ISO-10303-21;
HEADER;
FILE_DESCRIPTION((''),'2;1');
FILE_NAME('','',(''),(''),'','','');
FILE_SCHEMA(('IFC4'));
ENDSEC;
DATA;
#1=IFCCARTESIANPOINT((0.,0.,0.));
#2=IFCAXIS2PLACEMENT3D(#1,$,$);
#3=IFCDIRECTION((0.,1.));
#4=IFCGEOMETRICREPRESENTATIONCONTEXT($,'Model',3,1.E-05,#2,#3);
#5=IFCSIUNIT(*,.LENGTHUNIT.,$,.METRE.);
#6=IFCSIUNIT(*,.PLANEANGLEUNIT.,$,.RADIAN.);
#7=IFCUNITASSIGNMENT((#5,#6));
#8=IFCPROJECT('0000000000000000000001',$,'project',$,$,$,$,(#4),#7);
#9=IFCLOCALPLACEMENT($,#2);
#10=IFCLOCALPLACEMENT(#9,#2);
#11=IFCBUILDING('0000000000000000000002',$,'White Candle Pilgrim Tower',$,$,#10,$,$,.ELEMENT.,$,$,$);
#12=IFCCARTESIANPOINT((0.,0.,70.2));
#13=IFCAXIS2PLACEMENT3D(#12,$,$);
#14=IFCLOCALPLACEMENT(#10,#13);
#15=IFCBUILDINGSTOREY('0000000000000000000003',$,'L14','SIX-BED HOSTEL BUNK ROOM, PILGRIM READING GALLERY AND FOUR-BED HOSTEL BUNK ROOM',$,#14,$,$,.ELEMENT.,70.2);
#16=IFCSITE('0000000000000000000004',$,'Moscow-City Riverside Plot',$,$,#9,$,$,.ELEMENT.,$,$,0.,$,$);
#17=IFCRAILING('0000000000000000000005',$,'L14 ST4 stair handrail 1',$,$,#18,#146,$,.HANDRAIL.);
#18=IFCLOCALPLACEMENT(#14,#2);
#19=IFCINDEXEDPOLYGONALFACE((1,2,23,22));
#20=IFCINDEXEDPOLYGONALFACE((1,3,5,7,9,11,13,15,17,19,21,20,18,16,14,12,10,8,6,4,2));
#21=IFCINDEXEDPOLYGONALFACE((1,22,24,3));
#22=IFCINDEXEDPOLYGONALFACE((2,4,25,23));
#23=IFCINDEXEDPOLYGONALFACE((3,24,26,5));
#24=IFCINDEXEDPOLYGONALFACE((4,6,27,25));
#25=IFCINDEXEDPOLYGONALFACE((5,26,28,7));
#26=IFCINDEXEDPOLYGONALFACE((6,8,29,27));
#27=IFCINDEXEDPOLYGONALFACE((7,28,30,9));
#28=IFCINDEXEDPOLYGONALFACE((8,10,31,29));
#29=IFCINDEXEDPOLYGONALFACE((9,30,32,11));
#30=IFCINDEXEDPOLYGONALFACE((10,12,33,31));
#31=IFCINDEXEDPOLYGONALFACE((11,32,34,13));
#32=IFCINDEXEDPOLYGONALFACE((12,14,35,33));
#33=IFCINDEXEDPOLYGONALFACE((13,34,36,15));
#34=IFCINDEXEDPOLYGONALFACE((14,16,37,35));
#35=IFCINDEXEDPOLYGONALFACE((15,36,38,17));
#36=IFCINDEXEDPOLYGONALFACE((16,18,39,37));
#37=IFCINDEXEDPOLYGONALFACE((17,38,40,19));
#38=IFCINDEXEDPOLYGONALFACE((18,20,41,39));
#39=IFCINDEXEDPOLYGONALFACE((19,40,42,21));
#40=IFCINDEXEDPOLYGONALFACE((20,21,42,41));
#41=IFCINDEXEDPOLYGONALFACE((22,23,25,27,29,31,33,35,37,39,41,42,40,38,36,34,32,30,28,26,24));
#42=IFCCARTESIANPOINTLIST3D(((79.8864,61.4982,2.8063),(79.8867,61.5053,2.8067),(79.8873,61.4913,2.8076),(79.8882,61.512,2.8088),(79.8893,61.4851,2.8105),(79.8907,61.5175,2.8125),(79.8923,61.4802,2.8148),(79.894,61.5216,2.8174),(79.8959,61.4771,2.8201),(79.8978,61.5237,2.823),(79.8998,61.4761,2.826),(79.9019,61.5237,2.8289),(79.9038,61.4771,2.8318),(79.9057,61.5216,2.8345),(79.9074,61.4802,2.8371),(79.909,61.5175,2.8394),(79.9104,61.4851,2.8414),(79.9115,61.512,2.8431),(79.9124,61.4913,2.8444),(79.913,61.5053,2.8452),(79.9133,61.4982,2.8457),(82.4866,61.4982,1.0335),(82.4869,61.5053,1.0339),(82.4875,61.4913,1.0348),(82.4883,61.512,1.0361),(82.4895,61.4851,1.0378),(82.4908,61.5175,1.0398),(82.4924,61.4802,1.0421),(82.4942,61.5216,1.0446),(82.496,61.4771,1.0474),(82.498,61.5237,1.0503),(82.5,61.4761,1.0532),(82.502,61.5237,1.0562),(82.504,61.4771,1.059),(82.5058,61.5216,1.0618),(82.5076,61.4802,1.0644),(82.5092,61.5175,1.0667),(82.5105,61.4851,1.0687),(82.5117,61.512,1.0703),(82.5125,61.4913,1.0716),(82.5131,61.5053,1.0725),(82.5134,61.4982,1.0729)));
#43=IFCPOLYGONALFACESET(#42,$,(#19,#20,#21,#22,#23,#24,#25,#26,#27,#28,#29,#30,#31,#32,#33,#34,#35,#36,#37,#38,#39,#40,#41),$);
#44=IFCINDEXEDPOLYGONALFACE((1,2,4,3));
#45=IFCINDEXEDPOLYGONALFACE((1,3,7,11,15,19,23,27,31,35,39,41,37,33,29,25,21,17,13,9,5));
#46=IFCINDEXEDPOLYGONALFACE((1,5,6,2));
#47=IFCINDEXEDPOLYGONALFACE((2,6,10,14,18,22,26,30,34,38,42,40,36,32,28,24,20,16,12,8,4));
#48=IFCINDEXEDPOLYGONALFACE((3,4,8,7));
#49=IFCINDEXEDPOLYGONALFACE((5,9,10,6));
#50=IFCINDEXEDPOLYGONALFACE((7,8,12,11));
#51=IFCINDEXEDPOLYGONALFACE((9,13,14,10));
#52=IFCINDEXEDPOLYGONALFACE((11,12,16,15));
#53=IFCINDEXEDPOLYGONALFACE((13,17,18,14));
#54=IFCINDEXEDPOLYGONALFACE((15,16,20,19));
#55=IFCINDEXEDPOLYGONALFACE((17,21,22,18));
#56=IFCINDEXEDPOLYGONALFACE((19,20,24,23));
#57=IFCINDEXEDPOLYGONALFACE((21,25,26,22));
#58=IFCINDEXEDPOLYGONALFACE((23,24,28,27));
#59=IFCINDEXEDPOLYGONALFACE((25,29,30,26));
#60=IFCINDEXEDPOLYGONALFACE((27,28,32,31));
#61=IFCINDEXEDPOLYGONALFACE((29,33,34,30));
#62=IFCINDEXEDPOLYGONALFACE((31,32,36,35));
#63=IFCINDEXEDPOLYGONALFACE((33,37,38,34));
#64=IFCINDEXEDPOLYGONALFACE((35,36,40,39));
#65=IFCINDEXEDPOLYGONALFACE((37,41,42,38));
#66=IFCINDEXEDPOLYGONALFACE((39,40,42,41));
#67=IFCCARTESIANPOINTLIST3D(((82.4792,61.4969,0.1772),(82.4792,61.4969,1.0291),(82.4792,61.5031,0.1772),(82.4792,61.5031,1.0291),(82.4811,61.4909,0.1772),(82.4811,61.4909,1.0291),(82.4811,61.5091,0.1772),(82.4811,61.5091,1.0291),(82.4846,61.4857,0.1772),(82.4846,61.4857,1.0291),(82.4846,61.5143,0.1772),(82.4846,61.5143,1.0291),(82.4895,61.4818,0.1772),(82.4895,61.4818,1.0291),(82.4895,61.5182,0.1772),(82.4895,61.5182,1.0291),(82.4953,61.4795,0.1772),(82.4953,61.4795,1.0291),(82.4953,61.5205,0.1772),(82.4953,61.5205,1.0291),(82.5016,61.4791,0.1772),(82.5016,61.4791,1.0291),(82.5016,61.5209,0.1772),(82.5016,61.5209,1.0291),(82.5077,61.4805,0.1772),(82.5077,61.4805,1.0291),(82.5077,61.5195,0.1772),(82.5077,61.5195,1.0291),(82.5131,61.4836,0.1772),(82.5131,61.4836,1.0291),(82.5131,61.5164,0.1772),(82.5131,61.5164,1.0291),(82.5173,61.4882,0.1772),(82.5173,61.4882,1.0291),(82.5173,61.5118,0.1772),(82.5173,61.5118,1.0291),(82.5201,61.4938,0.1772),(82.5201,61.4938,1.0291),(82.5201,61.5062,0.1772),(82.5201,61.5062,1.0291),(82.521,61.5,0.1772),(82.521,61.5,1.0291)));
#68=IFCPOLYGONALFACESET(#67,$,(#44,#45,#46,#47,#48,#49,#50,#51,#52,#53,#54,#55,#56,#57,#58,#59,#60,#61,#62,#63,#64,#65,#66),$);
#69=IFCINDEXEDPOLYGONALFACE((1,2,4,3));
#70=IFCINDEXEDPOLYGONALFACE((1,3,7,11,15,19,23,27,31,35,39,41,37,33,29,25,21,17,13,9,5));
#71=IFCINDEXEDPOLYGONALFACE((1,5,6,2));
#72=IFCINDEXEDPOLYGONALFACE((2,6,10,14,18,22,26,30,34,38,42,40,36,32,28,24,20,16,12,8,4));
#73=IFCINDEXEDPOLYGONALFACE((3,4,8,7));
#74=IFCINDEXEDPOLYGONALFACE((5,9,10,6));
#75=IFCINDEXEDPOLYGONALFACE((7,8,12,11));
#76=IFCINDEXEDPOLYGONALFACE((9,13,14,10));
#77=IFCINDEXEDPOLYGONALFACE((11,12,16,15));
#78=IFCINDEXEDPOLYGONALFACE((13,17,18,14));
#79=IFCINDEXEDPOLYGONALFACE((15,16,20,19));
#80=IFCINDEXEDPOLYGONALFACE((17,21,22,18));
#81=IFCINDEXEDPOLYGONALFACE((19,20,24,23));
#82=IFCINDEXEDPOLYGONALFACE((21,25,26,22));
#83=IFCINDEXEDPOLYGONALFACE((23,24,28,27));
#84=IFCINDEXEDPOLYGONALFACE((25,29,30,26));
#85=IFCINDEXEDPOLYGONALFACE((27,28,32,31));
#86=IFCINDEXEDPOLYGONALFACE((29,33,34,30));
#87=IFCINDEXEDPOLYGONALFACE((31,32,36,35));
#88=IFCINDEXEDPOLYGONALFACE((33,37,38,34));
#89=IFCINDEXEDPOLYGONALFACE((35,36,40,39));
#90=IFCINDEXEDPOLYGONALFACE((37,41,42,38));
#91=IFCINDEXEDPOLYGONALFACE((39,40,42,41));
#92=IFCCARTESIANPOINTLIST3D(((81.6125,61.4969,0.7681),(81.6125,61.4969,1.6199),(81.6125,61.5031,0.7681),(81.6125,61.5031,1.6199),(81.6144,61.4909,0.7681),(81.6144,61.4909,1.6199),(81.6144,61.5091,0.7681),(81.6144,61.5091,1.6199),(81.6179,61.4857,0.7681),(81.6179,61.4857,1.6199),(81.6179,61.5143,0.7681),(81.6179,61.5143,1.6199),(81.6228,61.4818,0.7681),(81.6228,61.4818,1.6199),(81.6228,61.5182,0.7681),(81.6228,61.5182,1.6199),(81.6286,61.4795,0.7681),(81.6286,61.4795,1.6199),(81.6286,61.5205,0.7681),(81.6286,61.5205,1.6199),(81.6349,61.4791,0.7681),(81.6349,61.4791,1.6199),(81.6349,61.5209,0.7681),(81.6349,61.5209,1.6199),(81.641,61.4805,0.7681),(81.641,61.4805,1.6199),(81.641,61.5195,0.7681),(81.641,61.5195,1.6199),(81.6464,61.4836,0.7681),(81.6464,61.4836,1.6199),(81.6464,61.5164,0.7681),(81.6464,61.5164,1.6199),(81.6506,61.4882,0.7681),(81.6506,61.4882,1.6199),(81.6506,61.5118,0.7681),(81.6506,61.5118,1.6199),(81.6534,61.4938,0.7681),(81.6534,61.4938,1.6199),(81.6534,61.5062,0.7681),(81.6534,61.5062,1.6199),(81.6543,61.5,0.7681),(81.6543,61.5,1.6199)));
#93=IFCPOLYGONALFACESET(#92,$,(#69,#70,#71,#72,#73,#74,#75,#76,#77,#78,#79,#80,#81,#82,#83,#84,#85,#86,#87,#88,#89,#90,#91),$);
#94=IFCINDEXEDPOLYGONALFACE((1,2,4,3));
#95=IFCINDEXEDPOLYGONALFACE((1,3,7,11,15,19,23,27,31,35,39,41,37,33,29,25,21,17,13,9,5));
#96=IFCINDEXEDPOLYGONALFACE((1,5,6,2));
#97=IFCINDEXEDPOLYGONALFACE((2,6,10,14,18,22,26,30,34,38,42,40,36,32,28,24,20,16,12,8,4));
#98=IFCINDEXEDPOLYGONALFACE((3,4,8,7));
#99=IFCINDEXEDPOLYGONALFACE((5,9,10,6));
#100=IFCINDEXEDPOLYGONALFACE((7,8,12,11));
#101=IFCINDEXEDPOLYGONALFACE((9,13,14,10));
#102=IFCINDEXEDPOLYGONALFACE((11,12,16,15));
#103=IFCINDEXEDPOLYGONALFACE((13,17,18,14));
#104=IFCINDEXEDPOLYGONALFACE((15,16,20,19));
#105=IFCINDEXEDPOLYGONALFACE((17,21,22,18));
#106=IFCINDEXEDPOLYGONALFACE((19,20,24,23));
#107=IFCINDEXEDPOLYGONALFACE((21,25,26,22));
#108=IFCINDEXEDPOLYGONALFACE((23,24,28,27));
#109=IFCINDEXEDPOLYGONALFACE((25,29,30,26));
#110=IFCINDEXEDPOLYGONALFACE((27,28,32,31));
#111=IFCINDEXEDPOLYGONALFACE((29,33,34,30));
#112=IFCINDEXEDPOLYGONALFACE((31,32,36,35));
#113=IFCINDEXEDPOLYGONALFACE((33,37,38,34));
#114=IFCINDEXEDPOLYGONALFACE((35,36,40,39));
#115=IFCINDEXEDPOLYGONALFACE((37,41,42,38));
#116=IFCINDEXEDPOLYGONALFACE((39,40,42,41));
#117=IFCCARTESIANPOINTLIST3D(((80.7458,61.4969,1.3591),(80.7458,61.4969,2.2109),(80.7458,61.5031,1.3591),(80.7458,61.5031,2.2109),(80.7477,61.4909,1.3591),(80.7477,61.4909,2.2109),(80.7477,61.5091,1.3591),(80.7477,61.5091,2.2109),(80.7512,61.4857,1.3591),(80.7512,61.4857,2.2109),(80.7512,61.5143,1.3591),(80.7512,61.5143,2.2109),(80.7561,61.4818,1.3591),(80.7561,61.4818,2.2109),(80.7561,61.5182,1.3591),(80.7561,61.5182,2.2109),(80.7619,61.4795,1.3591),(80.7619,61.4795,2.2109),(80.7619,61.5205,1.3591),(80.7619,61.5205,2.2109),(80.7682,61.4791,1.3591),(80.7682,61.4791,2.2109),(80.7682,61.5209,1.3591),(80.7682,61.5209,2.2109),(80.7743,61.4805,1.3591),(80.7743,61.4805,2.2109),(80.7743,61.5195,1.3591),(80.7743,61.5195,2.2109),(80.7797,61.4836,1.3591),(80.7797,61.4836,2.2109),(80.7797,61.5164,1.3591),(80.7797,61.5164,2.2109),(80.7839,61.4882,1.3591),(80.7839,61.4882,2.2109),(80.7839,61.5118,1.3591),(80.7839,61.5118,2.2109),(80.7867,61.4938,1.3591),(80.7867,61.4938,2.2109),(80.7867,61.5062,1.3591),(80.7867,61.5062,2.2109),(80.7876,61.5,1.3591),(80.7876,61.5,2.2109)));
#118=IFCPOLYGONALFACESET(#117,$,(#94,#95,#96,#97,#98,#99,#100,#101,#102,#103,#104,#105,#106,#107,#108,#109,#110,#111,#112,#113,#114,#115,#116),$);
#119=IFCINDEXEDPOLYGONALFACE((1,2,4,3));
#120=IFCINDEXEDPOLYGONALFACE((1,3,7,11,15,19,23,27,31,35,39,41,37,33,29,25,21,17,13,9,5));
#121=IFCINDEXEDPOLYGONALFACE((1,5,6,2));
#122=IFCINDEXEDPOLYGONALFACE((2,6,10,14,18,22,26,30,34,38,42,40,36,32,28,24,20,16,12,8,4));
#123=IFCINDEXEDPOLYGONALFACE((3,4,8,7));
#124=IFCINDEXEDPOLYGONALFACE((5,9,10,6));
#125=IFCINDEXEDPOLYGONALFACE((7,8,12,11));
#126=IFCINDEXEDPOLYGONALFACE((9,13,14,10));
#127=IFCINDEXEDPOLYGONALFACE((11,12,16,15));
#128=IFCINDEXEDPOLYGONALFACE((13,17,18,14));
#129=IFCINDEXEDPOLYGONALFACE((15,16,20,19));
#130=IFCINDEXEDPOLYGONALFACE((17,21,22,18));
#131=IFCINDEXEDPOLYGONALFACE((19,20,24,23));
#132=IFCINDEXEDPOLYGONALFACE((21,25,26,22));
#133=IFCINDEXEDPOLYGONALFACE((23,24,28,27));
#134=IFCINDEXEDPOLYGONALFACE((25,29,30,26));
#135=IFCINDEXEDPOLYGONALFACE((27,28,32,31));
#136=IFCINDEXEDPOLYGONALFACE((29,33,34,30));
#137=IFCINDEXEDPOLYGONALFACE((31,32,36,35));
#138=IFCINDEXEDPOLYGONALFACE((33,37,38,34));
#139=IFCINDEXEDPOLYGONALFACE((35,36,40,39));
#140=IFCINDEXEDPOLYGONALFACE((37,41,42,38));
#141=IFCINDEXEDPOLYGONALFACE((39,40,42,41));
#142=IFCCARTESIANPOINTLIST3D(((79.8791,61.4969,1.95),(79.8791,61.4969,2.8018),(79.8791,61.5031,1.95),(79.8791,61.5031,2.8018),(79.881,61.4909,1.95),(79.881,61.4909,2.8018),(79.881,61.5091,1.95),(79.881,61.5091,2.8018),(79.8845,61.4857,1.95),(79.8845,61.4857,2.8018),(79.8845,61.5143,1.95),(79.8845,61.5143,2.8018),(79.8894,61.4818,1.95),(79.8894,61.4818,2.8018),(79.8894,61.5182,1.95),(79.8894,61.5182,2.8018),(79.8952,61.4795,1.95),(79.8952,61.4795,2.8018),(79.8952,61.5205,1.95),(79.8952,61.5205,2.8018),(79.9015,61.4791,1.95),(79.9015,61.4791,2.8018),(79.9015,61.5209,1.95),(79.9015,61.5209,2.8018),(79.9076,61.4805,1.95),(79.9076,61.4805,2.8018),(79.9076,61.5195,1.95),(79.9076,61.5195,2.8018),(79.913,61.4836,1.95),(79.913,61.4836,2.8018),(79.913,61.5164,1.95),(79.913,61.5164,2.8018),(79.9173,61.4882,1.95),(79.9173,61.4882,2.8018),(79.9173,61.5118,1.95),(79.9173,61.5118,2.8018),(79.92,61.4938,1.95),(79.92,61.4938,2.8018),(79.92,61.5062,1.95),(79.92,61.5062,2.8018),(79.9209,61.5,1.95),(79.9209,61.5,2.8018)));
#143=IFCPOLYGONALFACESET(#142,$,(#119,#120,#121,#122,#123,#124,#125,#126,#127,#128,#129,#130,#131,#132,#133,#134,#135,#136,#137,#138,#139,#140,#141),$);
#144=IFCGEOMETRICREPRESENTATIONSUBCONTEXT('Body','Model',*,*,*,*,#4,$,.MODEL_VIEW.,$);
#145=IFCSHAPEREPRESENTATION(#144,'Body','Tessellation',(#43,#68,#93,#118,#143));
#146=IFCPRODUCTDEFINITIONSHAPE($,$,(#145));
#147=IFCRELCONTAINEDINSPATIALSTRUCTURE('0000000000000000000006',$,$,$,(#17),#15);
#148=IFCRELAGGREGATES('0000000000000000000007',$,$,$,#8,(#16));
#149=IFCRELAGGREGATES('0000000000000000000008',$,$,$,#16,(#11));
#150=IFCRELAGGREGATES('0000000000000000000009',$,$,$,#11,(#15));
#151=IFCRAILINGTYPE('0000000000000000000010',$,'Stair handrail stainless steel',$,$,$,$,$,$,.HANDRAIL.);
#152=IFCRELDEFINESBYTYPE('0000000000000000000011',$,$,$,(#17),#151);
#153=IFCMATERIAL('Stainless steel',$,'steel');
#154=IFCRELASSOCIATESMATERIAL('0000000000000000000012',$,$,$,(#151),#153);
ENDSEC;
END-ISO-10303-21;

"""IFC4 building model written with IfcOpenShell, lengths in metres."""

from ifc_helpers import new_model, si_unit, direction, frame, origin, origin_2d, place, context, subcontext, project, spatial, circle, extrude, material, type_object, element, save


model = new_model("IFC4")

# Units and contexts
model_context = context("Model", 3, precision=1e-05, world=origin(), true_north=direction((0.0, 1.0)))
body_context = subcontext(model_context, "Body", "Model", "MODEL_VIEW")
ifc_project = project(units=[si_unit("LENGTHUNIT", "METRE"), si_unit("PLANEANGLEUNIT", "RADIAN")], contexts=[model_context])

# Site, building, storey
site_placement = place(None, origin())
site = spatial("IfcSite", under=ifc_project, at=site_placement, Name="Moscow-City Riverside Plot", CompositionType="ELEMENT", RefElevation=0.0)
building_placement = place(site_placement, origin())
building = spatial("IfcBuilding", under=site, at=building_placement, Name="White Candle Pilgrim Tower", CompositionType="ELEMENT")
storey_placement = place(building_placement, frame((0.0, 0.0, 70.2)))
storey = spatial("IfcBuildingStorey", under=building, at=storey_placement, Name="L14", Description="SIX-BED HOSTEL BUNK ROOM, PILGRIM READING GALLERY AND FOUR-BED HOSTEL BUNK ROOM", CompositionType="ELEMENT", Elevation=70.2)

# Railing
ifc_material_1 = material(Name="Stainless steel", Category="steel")
railing_type_1 = type_object("IfcRailingType", Name="Stair handrail stainless steel", PredefinedType="HANDRAIL", material=ifc_material_1)
railing_1_placement = place(storey_placement, frame((82.5, 61.5, 0.1772)))
element("IfcRailing", 1, at=railing_1_placement, inside=storey, type_object=railing_type_1, Name="L14 ST4 stair handrail 1", PredefinedType="HANDRAIL", context=body_context, shape_type="SweptSolid", body=[
    extrude(circle(Radius=0.0239, at=origin_2d()), frame((0.0, 0.0, 0.876), z_axis=(-0.82624, 0.0, 0.563318), x_axis=(0.0, -1.0, 0.0)), (0.0, 0.0, 1.0), 3.147),
    extrude(circle(Radius=0.021, at=origin_2d()), origin(), (0.0, 0.0, 1.0), 0.8518),
    extrude(circle(Radius=0.021, at=origin_2d()), frame((-0.8667, 0.0, 0.5908)), (0.0, 0.0, 1.0), 0.8518),
    extrude(circle(Radius=0.021, at=origin_2d()), frame((-1.7334, 0.0, 1.1819)), (0.0, 0.0, 1.0), 0.8518),
    extrude(circle(Radius=0.021, at=origin_2d()), frame((-2.6001, 0.0, 1.7727)), (0.0, 0.0, 1.0), 0.8518),
])

save(model, "model.ifc")
